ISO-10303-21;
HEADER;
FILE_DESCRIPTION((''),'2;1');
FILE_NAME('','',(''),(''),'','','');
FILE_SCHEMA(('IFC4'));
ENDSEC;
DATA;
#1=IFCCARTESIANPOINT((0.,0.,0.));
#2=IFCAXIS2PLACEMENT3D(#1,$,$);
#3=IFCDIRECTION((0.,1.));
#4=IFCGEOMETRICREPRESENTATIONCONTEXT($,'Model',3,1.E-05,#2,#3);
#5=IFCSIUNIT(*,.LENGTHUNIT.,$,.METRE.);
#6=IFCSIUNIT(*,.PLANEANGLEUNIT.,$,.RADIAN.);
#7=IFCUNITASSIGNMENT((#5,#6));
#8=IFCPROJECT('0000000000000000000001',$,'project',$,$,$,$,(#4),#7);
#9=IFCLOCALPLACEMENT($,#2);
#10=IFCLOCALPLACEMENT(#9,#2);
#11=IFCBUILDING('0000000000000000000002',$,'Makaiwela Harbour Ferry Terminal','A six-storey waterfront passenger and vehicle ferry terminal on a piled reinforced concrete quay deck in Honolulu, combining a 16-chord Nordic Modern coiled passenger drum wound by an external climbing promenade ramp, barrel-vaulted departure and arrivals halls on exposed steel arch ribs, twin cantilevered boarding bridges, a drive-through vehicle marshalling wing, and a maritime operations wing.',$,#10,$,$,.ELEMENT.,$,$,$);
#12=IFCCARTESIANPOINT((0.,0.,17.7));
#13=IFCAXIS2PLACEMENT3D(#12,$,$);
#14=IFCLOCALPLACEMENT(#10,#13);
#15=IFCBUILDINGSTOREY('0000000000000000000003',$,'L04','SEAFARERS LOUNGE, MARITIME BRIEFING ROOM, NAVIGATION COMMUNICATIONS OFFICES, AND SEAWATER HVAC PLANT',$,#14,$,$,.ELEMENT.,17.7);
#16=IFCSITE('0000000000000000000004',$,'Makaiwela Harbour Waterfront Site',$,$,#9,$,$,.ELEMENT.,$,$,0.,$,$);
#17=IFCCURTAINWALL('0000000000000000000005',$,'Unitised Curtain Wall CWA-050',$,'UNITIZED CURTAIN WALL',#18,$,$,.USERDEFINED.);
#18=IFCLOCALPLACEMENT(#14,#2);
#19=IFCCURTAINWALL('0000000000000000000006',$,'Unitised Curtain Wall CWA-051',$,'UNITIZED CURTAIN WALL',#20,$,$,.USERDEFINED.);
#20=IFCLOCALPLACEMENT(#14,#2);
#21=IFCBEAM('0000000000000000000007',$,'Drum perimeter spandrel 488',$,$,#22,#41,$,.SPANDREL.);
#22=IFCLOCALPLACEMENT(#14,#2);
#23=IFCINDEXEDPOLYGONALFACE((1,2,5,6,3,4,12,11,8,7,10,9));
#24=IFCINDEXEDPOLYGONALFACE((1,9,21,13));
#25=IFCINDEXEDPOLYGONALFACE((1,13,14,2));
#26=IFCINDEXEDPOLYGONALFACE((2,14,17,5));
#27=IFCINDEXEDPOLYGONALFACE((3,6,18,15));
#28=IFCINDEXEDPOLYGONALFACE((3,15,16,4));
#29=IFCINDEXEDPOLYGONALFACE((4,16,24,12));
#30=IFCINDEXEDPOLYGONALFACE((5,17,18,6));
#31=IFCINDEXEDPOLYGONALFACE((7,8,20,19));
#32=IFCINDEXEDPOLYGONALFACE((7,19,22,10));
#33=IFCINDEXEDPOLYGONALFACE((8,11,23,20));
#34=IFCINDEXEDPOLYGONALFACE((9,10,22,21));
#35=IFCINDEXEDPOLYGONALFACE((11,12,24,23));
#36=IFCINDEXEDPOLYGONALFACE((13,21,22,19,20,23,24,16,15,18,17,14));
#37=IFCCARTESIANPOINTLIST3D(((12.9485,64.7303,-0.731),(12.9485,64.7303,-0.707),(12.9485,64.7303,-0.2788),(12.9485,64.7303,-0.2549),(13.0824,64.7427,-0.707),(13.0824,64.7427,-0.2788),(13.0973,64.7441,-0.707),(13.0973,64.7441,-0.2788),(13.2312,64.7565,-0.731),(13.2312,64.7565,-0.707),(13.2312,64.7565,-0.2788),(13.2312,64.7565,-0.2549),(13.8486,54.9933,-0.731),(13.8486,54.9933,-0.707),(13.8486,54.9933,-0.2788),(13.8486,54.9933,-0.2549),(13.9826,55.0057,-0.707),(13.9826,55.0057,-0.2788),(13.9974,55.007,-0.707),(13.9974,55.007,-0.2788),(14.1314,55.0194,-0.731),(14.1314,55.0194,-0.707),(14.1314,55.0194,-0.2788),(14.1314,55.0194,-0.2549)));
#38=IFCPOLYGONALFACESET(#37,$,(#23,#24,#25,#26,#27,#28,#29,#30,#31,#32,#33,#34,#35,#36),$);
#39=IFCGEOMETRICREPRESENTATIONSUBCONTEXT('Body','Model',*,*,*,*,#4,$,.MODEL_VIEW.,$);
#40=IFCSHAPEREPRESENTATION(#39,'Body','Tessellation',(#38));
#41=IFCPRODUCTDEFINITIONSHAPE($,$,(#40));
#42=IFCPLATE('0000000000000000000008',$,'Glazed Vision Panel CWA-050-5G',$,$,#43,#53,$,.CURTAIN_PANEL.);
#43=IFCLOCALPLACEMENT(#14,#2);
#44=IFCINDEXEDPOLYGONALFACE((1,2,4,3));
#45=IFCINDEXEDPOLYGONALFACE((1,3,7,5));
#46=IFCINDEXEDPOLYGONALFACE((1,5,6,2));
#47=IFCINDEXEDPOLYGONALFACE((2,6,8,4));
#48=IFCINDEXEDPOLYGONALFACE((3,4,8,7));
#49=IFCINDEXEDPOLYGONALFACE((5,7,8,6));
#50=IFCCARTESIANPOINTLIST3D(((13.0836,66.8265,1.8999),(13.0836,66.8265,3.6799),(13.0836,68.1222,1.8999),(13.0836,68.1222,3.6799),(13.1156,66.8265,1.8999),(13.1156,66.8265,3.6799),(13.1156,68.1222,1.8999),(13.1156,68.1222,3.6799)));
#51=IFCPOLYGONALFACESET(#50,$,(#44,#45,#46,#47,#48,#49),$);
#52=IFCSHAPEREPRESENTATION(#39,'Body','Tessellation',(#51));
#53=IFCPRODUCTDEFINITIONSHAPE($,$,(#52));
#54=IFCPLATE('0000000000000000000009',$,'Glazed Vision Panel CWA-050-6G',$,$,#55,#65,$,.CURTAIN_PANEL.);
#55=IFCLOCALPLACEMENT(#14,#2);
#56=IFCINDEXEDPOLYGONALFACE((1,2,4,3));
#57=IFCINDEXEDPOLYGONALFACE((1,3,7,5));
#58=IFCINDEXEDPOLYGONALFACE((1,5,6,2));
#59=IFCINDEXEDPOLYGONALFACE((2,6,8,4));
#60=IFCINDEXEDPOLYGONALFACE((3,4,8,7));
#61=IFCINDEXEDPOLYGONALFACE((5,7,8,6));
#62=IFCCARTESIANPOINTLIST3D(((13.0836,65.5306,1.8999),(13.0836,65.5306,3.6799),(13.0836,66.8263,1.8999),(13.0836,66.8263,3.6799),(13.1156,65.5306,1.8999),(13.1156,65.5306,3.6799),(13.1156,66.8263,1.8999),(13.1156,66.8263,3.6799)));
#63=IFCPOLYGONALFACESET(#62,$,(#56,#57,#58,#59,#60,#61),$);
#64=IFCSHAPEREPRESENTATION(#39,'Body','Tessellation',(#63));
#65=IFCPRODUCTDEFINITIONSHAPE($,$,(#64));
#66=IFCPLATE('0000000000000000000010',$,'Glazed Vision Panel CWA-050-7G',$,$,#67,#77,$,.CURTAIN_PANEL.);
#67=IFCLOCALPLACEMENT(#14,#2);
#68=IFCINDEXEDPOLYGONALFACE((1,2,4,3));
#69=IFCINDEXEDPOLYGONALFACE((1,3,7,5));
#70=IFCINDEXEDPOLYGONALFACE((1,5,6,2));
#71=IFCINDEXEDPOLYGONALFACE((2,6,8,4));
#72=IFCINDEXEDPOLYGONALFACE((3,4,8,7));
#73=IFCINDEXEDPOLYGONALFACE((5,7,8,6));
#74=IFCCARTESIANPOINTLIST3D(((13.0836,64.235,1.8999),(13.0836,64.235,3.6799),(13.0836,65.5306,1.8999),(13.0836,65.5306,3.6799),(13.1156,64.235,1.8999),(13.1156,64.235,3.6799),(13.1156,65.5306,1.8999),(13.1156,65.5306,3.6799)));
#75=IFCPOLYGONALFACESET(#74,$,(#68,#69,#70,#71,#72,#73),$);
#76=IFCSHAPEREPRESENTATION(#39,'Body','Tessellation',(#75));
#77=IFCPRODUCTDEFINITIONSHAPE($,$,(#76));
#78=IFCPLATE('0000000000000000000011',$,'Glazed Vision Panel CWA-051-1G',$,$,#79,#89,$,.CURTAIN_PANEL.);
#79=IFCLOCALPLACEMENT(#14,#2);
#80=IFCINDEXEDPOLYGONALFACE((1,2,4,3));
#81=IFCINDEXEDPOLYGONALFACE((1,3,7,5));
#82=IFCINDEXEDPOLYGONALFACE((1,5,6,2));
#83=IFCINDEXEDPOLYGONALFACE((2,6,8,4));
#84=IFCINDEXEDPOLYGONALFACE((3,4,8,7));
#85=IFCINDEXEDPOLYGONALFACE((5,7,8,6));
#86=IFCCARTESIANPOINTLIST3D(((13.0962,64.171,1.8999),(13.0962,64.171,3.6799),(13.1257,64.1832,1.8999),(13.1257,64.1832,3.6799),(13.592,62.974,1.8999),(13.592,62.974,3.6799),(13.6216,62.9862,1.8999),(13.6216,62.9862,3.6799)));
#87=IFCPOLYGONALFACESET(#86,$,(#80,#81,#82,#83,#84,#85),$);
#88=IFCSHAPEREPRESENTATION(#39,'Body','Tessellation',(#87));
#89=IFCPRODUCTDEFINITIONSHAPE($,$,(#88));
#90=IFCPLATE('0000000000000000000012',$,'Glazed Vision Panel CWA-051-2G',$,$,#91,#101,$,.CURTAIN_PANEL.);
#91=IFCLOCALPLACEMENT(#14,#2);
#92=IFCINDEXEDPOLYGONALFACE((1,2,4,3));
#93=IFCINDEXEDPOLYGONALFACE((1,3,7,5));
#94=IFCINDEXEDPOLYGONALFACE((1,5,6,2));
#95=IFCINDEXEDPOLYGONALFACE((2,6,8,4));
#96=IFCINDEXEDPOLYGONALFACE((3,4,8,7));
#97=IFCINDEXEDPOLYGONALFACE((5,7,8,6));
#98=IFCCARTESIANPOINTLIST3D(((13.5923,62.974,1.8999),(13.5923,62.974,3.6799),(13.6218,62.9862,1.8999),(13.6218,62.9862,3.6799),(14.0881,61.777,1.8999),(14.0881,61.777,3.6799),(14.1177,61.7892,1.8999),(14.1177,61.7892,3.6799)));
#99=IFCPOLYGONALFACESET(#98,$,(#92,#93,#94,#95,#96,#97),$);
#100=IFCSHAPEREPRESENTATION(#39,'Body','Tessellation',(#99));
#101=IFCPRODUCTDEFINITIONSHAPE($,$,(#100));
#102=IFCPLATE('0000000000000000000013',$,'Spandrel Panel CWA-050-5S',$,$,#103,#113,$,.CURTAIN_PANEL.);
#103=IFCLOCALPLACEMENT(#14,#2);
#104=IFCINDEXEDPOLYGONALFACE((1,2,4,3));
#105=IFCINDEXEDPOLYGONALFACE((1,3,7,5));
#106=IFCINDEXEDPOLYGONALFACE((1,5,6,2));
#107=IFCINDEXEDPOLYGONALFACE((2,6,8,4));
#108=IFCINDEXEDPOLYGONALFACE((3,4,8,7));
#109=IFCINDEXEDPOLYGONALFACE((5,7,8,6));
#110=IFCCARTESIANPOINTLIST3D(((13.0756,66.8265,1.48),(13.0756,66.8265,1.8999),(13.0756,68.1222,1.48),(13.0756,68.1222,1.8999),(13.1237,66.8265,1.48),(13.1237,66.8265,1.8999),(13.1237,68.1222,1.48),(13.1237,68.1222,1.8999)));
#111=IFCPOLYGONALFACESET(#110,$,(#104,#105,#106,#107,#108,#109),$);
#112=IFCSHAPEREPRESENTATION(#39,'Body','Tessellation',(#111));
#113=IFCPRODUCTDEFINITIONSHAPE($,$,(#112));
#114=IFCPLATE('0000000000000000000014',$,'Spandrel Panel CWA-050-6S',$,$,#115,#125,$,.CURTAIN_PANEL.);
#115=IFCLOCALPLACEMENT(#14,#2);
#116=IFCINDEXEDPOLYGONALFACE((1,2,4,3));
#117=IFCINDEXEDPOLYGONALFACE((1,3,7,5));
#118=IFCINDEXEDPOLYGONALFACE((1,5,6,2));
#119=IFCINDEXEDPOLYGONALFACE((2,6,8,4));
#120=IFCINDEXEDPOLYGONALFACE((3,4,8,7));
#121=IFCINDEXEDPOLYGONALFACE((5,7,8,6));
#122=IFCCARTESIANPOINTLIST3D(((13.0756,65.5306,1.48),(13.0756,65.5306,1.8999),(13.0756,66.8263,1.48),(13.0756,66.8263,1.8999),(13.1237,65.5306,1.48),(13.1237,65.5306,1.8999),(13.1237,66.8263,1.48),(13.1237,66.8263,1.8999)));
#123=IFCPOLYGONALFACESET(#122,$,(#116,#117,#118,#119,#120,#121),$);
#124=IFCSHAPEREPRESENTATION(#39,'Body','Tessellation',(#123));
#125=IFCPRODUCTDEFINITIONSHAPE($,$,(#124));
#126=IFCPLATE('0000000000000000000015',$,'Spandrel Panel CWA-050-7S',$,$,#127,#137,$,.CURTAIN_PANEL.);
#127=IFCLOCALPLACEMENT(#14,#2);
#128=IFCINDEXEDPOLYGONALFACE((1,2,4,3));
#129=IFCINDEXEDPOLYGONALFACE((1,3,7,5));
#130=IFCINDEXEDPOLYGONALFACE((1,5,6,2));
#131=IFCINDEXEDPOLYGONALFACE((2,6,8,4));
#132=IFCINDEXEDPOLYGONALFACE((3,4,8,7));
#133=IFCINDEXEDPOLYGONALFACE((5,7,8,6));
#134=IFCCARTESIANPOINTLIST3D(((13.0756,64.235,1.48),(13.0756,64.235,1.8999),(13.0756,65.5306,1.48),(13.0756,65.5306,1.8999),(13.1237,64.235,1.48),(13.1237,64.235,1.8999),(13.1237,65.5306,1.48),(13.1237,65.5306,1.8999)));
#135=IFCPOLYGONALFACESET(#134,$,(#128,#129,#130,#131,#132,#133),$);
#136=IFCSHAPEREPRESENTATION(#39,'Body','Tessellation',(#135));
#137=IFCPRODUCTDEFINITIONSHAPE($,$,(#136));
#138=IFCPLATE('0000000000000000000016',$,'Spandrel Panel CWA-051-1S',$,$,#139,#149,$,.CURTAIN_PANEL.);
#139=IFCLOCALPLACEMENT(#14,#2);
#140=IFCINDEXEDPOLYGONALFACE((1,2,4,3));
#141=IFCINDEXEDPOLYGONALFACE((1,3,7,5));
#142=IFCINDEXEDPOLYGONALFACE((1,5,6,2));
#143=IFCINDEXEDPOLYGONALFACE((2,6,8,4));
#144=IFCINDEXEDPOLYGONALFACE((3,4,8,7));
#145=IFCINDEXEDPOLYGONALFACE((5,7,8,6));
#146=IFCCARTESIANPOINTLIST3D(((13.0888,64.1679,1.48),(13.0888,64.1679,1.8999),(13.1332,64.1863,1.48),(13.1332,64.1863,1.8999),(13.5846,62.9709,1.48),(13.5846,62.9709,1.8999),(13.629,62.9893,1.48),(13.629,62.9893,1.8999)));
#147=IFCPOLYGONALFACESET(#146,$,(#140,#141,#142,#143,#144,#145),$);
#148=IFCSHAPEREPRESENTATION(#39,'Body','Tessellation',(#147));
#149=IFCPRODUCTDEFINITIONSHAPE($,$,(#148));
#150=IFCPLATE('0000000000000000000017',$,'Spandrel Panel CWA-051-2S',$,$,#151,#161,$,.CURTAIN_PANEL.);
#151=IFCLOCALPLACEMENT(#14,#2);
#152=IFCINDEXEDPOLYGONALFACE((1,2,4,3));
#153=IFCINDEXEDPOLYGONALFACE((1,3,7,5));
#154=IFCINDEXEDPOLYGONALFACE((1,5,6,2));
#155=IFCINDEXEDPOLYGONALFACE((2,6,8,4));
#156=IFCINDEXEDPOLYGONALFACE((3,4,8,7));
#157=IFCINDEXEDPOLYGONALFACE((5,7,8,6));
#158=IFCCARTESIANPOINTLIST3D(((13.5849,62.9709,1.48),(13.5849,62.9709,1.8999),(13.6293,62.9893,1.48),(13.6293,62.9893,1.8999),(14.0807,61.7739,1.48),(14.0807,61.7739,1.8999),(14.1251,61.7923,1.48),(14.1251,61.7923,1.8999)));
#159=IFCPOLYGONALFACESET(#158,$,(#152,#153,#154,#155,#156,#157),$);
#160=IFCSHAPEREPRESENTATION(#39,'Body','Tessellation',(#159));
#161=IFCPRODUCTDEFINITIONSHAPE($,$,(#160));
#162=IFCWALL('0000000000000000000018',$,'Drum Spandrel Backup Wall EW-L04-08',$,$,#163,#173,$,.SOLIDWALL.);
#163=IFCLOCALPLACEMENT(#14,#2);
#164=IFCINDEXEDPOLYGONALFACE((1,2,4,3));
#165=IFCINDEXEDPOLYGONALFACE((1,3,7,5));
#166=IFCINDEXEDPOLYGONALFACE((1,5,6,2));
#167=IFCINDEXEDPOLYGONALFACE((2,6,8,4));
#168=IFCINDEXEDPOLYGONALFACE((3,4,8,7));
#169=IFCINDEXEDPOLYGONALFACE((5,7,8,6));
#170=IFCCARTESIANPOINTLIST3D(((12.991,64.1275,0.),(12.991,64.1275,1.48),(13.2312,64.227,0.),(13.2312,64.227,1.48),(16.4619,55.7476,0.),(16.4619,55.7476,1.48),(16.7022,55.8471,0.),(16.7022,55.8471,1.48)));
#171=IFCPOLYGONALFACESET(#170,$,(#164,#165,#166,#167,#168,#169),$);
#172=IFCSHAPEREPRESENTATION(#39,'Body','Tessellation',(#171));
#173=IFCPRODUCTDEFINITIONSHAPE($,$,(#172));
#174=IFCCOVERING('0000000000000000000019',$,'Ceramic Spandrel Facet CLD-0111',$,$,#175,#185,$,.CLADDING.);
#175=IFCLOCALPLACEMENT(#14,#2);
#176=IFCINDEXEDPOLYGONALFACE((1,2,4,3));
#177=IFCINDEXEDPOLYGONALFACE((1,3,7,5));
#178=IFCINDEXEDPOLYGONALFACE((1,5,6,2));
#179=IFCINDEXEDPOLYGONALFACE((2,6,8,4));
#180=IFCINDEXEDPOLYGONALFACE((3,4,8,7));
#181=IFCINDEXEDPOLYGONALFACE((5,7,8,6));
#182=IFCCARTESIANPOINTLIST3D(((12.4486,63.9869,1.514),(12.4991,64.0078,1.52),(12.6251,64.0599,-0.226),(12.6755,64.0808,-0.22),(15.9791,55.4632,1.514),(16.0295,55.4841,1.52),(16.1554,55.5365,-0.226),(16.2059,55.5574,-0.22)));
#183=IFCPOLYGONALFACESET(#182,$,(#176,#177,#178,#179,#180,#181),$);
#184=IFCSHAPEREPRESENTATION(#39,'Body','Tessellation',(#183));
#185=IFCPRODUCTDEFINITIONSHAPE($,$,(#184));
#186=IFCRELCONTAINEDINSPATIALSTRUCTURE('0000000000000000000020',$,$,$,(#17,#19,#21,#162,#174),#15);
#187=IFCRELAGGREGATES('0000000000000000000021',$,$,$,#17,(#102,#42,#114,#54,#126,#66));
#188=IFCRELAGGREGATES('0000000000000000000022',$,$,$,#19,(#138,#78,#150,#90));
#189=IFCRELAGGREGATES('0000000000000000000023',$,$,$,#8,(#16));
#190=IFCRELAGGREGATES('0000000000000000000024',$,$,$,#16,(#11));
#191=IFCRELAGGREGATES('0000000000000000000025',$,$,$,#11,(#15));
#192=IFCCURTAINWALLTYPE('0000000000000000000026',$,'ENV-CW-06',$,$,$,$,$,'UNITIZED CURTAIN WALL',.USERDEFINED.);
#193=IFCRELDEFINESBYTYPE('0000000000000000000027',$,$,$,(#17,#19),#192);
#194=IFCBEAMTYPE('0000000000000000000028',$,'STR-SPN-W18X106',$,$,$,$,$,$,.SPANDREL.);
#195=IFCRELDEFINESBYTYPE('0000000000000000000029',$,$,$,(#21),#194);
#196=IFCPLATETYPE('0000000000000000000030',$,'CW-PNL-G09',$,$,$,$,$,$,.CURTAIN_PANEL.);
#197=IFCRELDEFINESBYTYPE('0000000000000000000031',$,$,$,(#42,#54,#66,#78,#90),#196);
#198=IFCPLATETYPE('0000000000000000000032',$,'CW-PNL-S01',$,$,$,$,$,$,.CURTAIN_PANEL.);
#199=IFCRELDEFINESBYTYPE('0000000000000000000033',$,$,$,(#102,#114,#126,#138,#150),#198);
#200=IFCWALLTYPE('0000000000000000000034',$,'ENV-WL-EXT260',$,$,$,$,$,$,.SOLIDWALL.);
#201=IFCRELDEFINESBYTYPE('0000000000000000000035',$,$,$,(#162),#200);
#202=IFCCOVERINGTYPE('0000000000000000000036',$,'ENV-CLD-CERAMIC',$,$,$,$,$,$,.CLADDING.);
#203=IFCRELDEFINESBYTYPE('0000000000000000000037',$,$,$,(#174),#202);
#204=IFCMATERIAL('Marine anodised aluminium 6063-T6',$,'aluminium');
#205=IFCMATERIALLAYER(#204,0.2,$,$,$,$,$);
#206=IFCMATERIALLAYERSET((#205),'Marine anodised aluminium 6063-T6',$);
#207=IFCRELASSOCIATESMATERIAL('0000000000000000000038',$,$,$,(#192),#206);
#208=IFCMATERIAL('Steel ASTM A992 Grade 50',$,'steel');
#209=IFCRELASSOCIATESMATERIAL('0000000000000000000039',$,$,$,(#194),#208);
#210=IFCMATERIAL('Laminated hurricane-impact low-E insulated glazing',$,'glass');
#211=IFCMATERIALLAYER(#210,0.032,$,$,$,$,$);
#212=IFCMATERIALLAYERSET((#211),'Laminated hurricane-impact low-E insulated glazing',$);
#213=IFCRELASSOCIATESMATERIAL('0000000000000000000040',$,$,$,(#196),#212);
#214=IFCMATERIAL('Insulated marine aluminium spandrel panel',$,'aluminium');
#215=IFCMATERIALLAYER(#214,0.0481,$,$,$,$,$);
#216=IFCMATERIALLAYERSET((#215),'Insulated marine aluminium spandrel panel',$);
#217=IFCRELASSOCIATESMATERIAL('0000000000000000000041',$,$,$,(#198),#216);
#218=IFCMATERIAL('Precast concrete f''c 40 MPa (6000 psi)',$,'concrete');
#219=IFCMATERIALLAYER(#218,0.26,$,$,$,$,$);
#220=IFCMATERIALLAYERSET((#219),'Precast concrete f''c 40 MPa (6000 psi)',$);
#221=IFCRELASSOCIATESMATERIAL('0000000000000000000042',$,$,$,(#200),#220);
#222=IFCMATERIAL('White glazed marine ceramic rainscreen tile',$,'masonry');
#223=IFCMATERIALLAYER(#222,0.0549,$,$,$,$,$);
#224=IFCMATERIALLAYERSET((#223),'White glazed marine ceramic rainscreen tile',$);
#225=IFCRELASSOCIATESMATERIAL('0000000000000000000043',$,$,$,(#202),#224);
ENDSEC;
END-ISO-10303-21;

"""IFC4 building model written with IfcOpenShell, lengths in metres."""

from ifc_helpers import new_model, si_unit, direction, frame, frame_2d, origin, origin_2d, place, context, subcontext, project, spatial, polyline, rectangle, i_section, outline, extrude, material, layer, layer_set, material_profile, profile_set, type_object, element, aggregate, save


model = new_model("IFC4")

# Units and contexts
model_context = context("Model", 3, precision=1e-05, world=origin(), true_north=direction((0.0, 1.0)))
body_context = subcontext(model_context, "Body", "Model", "MODEL_VIEW")
ifc_project = project(units=[si_unit("LENGTHUNIT", "METRE"), si_unit("PLANEANGLEUNIT", "RADIAN")], contexts=[model_context])

# Site, building, storey
site_placement = place(None, origin())
site = spatial("IfcSite", under=ifc_project, at=site_placement, Name="Makaiwela Harbour Waterfront Site", CompositionType="ELEMENT", RefElevation=0.0)
building_placement = place(site_placement, origin())
building = spatial("IfcBuilding", under=site, at=building_placement, Name="Makaiwela Harbour Ferry Terminal", Description="A six-storey waterfront passenger and vehicle ferry terminal on a piled reinforced concrete quay deck in Honolulu, combining a 16-chord Nordic Modern coiled passenger drum wound by an external climbing promenade ramp, barrel-vaulted departure and arrivals halls on exposed steel arch ribs, twin cantilevered boarding bridges, a drive-through vehicle marshalling wing, and a maritime operations wing.", CompositionType="ELEMENT")
storey_placement = place(building_placement, frame((0.0, 0.0, 17.7)))
storey = spatial("IfcBuildingStorey", under=building, at=storey_placement, Name="L04", Description="SEAFARERS LOUNGE, MARITIME BRIEFING ROOM, NAVIGATION COMMUNICATIONS OFFICES, AND SEAWATER HVAC PLANT", CompositionType="ELEMENT", Elevation=17.7)

# Curtain walls
ifc_material_1 = material(Name="Marine anodised aluminium 6063-T6", Category="aluminium")
ifc_layer_1 = layer(ifc_material_1, 0.2)
ifc_layer_set_1 = layer_set([ifc_layer_1], Name="Marine anodised aluminium 6063-T6")
curtain_wall_type = type_object("IfcCurtainWallType", Name="ENV-CW-06", ElementType="UNITIZED CURTAIN WALL", PredefinedType="USERDEFINED", material=ifc_layer_set_1)
curtain_wall_1_placement = place(storey_placement, origin())
curtain_wall_1 = element("IfcCurtainWall", 1, at=curtain_wall_1_placement, inside=storey, type_object=curtain_wall_type, Name="Unitised Curtain Wall CWA-050", ObjectType="UNITIZED CURTAIN WALL", PredefinedType="USERDEFINED")
curtain_wall_2_placement = place(storey_placement, origin())
curtain_wall_2 = element("IfcCurtainWall", 2, at=curtain_wall_2_placement, inside=storey, type_object=curtain_wall_type, Name="Unitised Curtain Wall CWA-051", ObjectType="UNITIZED CURTAIN WALL", PredefinedType="USERDEFINED")

# Beam
ifc_material_2 = material(Name="Steel ASTM A992 Grade 50", Category="steel")
ifc_material_profile_1 = material_profile(ifc_material_2, i_section(OverallWidth=0.2839, OverallDepth=0.4761, WebThickness=0.0149, FlangeThickness=0.0239, at=origin_2d()), Name="W18X106")
ifc_profile_set_1 = profile_set([ifc_material_profile_1], Name="Steel ASTM A992 Grade 50")
beam_type_1 = type_object("IfcBeamType", Name="STR-SPN-W18X106", PredefinedType="SPANDREL", material=ifc_profile_set_1)
beam_1_placement = place(storey_placement, frame((13.0898, 64.7434, -0.4929), z_axis=(0.092053, -0.995754, 0.0), x_axis=(0.995754, 0.092053, 0.0)))
element("IfcBeam", 3, at=beam_1_placement, inside=storey, type_object=beam_type_1, Name="Drum perimeter spandrel 488", PredefinedType="SPANDREL", context=body_context, shape_type="SweptSolid", body=[
    extrude(i_section(OverallWidth=0.2839, OverallDepth=0.4761, WebThickness=0.0149, FlangeThickness=0.0239, at=origin_2d()), origin(), (0.0, 0.0, 1.0), 9.7786),
])

# Plates
ifc_material_3 = material(Name="Laminated hurricane-impact low-E insulated glazing", Category="glass")
ifc_layer_2 = layer(ifc_material_3, 0.032)
ifc_layer_set_2 = layer_set([ifc_layer_2], Name="Laminated hurricane-impact low-E insulated glazing")
plate_type_1 = type_object("IfcPlateType", Name="CW-PNL-G09", PredefinedType="CURTAIN_PANEL", material=ifc_layer_set_2)
plate_1_placement = place(storey_placement, frame((13.0996, 67.4744, 1.8999), z_axis=(0.0, 0.0, 1.0), x_axis=(0.0, -1.0, 0.0)))
plate_1 = element("IfcPlate", 4, at=plate_1_placement, type_object=plate_type_1, Name="Glazed Vision Panel CWA-050-5G", PredefinedType="CURTAIN_PANEL", context=body_context, shape_type="SweptSolid", body=[
    extrude(rectangle(XDim=1.2957, YDim=0.032, at=origin_2d()), origin(), (0.0, 0.0, 1.0), 1.78),
])
plate_2_placement = place(storey_placement, frame((13.0996, 66.1785, 1.8999), z_axis=(0.0, 0.0, 1.0), x_axis=(0.0, -1.0, 0.0)))
plate_2 = element("IfcPlate", 5, at=plate_2_placement, type_object=plate_type_1, Name="Glazed Vision Panel CWA-050-6G", PredefinedType="CURTAIN_PANEL", context=body_context, shape_type="SweptSolid", body=[
    extrude(rectangle(XDim=1.2957, YDim=0.032, at=origin_2d()), origin(), (0.0, 0.0, 1.0), 1.78),
])
plate_3_placement = place(storey_placement, frame((13.0996, 64.8828, 1.8999), z_axis=(0.0, 0.0, 1.0), x_axis=(0.0, -1.0, 0.0)))
plate_3 = element("IfcPlate", 6, at=plate_3_placement, type_object=plate_type_1, Name="Glazed Vision Panel CWA-050-7G", PredefinedType="CURTAIN_PANEL", context=body_context, shape_type="SweptSolid", body=[
    extrude(rectangle(XDim=1.2957, YDim=0.032, at=origin_2d()), origin(), (0.0, 0.0, 1.0), 1.78),
])
plate_4_placement = place(storey_placement, frame((13.3589, 63.5786, 1.8999), z_axis=(0.0, 0.0, 1.0), x_axis=(0.382683, -0.92388, 0.0)))
plate_4 = element("IfcPlate", 7, at=plate_4_placement, type_object=plate_type_1, Name="Glazed Vision Panel CWA-051-1G", PredefinedType="CURTAIN_PANEL", context=body_context, shape_type="SweptSolid", body=[
    extrude(rectangle(XDim=1.2957, YDim=0.032, at=origin_2d()), origin(), (0.0, 0.0, 1.0), 1.78),
])
plate_5_placement = place(storey_placement, frame((13.855, 62.3816, 1.8999), z_axis=(0.0, 0.0, 1.0), x_axis=(0.382683, -0.92388, 0.0)))
plate_5 = element("IfcPlate", 8, at=plate_5_placement, type_object=plate_type_1, Name="Glazed Vision Panel CWA-051-2G", PredefinedType="CURTAIN_PANEL", context=body_context, shape_type="SweptSolid", body=[
    extrude(rectangle(XDim=1.2957, YDim=0.032, at=origin_2d()), origin(), (0.0, 0.0, 1.0), 1.78),
])
ifc_material_4 = material(Name="Insulated marine aluminium spandrel panel", Category="aluminium")
ifc_layer_3 = layer(ifc_material_4, 0.0481)
ifc_layer_set_3 = layer_set([ifc_layer_3], Name="Insulated marine aluminium spandrel panel")
plate_type_2 = type_object("IfcPlateType", Name="CW-PNL-S01", PredefinedType="CURTAIN_PANEL", material=ifc_layer_set_3)
plate_6_placement = place(storey_placement, frame((13.0996, 67.4744, 1.48), z_axis=(0.0, 0.0, 1.0), x_axis=(0.0, -1.0, 0.0)))
plate_6 = element("IfcPlate", 9, at=plate_6_placement, type_object=plate_type_2, Name="Spandrel Panel CWA-050-5S", PredefinedType="CURTAIN_PANEL", context=body_context, shape_type="SweptSolid", body=[
    extrude(rectangle(XDim=1.2957, YDim=0.0481, at=origin_2d()), origin(), (0.0, 0.0, 1.0), 0.4199),
])
plate_7_placement = place(storey_placement, frame((13.0996, 66.1785, 1.48), z_axis=(0.0, 0.0, 1.0), x_axis=(0.0, -1.0, 0.0)))
plate_7 = element("IfcPlate", 10, at=plate_7_placement, type_object=plate_type_2, Name="Spandrel Panel CWA-050-6S", PredefinedType="CURTAIN_PANEL", context=body_context, shape_type="SweptSolid", body=[
    extrude(rectangle(XDim=1.2957, YDim=0.0481, at=origin_2d()), origin(), (0.0, 0.0, 1.0), 0.4199),
])
plate_8_placement = place(storey_placement, frame((13.0996, 64.8828, 1.48), z_axis=(0.0, 0.0, 1.0), x_axis=(0.0, -1.0, 0.0)))
plate_8 = element("IfcPlate", 11, at=plate_8_placement, type_object=plate_type_2, Name="Spandrel Panel CWA-050-7S", PredefinedType="CURTAIN_PANEL", context=body_context, shape_type="SweptSolid", body=[
    extrude(rectangle(XDim=1.2957, YDim=0.0481, at=origin_2d()), origin(), (0.0, 0.0, 1.0), 0.4199),
])
aggregate(curtain_wall_1, [plate_6, plate_1, plate_7, plate_2, plate_8, plate_3])
plate_9_placement = place(storey_placement, frame((13.3589, 63.5786, 1.48), z_axis=(0.0, 0.0, 1.0), x_axis=(0.382683, -0.92388, 0.0)))
plate_9 = element("IfcPlate", 12, at=plate_9_placement, type_object=plate_type_2, Name="Spandrel Panel CWA-051-1S", PredefinedType="CURTAIN_PANEL", context=body_context, shape_type="SweptSolid", body=[
    extrude(rectangle(XDim=1.2957, YDim=0.0481, at=origin_2d()), origin(), (0.0, 0.0, 1.0), 0.4199),
])
plate_10_placement = place(storey_placement, frame((13.855, 62.3816, 1.48), z_axis=(0.0, 0.0, 1.0), x_axis=(0.382683, -0.92388, 0.0)))
plate_10 = element("IfcPlate", 13, at=plate_10_placement, type_object=plate_type_2, Name="Spandrel Panel CWA-051-2S", PredefinedType="CURTAIN_PANEL", context=body_context, shape_type="SweptSolid", body=[
    extrude(rectangle(XDim=1.2957, YDim=0.0481, at=origin_2d()), origin(), (0.0, 0.0, 1.0), 0.4199),
])
aggregate(curtain_wall_2, [plate_9, plate_4, plate_10, plate_5])

# Wall
ifc_material_5 = material(Name="Precast concrete f'c 40 MPa (6000 psi)", Category="concrete")
ifc_layer_4 = layer(ifc_material_5, 0.26)
ifc_layer_set_4 = layer_set([ifc_layer_4], Name="Precast concrete f'c 40 MPa (6000 psi)")
wall_type = type_object("IfcWallType", Name="ENV-WL-EXT260", PredefinedType="SOLIDWALL", material=ifc_layer_set_4)
wall_placement = place(storey_placement, frame((13.1111, 64.1772, 0.0), z_axis=(0.0, 0.0, 1.0), x_axis=(0.382673, -0.923884, 0.0)))
element("IfcWall", 14, at=wall_placement, inside=storey, type_object=wall_type, Name="Drum Spandrel Backup Wall EW-L04-08", PredefinedType="SOLIDWALL", context=body_context, shape_type="SweptSolid", body=[
    extrude(rectangle(XDim=9.0703, YDim=0.26, at=frame_2d((4.5352, 0.0))), origin(), (0.0, 0.0, 1.0), 1.48),
])

# Covering
ifc_material_6 = material(Name="White glazed marine ceramic rainscreen tile", Category="masonry")
ifc_layer_5 = layer(ifc_material_6, 0.0549)
ifc_layer_set_5 = layer_set([ifc_layer_5], Name="White glazed marine ceramic rainscreen tile")
covering_type = type_object("IfcCoveringType", Name="ENV-CLD-CERAMIC", PredefinedType="CLADDING", material=ifc_layer_set_5)
covering_placement = place(storey_placement, frame((12.6755, 64.0808, -0.22), z_axis=(0.918373, 0.380383, 0.109085), x_axis=(0.382667, -0.923886, 0.000001)))
element("IfcCovering", 15, at=covering_placement, inside=storey, type_object=covering_type, Name="Ceramic Spandrel Facet CLD-0111", PredefinedType="CLADDING", context=body_context, shape_type="SweptSolid", body=[
    extrude(outline(polyline([(0.0, 0.0), (9.2256, 0.0), (9.2258, -1.7504), (-0.0001, -1.7504), (0.0, 0.0)])), origin(), (0.0, 0.0, -1.0), 0.0549),
])

save(model, "model.ifc")
